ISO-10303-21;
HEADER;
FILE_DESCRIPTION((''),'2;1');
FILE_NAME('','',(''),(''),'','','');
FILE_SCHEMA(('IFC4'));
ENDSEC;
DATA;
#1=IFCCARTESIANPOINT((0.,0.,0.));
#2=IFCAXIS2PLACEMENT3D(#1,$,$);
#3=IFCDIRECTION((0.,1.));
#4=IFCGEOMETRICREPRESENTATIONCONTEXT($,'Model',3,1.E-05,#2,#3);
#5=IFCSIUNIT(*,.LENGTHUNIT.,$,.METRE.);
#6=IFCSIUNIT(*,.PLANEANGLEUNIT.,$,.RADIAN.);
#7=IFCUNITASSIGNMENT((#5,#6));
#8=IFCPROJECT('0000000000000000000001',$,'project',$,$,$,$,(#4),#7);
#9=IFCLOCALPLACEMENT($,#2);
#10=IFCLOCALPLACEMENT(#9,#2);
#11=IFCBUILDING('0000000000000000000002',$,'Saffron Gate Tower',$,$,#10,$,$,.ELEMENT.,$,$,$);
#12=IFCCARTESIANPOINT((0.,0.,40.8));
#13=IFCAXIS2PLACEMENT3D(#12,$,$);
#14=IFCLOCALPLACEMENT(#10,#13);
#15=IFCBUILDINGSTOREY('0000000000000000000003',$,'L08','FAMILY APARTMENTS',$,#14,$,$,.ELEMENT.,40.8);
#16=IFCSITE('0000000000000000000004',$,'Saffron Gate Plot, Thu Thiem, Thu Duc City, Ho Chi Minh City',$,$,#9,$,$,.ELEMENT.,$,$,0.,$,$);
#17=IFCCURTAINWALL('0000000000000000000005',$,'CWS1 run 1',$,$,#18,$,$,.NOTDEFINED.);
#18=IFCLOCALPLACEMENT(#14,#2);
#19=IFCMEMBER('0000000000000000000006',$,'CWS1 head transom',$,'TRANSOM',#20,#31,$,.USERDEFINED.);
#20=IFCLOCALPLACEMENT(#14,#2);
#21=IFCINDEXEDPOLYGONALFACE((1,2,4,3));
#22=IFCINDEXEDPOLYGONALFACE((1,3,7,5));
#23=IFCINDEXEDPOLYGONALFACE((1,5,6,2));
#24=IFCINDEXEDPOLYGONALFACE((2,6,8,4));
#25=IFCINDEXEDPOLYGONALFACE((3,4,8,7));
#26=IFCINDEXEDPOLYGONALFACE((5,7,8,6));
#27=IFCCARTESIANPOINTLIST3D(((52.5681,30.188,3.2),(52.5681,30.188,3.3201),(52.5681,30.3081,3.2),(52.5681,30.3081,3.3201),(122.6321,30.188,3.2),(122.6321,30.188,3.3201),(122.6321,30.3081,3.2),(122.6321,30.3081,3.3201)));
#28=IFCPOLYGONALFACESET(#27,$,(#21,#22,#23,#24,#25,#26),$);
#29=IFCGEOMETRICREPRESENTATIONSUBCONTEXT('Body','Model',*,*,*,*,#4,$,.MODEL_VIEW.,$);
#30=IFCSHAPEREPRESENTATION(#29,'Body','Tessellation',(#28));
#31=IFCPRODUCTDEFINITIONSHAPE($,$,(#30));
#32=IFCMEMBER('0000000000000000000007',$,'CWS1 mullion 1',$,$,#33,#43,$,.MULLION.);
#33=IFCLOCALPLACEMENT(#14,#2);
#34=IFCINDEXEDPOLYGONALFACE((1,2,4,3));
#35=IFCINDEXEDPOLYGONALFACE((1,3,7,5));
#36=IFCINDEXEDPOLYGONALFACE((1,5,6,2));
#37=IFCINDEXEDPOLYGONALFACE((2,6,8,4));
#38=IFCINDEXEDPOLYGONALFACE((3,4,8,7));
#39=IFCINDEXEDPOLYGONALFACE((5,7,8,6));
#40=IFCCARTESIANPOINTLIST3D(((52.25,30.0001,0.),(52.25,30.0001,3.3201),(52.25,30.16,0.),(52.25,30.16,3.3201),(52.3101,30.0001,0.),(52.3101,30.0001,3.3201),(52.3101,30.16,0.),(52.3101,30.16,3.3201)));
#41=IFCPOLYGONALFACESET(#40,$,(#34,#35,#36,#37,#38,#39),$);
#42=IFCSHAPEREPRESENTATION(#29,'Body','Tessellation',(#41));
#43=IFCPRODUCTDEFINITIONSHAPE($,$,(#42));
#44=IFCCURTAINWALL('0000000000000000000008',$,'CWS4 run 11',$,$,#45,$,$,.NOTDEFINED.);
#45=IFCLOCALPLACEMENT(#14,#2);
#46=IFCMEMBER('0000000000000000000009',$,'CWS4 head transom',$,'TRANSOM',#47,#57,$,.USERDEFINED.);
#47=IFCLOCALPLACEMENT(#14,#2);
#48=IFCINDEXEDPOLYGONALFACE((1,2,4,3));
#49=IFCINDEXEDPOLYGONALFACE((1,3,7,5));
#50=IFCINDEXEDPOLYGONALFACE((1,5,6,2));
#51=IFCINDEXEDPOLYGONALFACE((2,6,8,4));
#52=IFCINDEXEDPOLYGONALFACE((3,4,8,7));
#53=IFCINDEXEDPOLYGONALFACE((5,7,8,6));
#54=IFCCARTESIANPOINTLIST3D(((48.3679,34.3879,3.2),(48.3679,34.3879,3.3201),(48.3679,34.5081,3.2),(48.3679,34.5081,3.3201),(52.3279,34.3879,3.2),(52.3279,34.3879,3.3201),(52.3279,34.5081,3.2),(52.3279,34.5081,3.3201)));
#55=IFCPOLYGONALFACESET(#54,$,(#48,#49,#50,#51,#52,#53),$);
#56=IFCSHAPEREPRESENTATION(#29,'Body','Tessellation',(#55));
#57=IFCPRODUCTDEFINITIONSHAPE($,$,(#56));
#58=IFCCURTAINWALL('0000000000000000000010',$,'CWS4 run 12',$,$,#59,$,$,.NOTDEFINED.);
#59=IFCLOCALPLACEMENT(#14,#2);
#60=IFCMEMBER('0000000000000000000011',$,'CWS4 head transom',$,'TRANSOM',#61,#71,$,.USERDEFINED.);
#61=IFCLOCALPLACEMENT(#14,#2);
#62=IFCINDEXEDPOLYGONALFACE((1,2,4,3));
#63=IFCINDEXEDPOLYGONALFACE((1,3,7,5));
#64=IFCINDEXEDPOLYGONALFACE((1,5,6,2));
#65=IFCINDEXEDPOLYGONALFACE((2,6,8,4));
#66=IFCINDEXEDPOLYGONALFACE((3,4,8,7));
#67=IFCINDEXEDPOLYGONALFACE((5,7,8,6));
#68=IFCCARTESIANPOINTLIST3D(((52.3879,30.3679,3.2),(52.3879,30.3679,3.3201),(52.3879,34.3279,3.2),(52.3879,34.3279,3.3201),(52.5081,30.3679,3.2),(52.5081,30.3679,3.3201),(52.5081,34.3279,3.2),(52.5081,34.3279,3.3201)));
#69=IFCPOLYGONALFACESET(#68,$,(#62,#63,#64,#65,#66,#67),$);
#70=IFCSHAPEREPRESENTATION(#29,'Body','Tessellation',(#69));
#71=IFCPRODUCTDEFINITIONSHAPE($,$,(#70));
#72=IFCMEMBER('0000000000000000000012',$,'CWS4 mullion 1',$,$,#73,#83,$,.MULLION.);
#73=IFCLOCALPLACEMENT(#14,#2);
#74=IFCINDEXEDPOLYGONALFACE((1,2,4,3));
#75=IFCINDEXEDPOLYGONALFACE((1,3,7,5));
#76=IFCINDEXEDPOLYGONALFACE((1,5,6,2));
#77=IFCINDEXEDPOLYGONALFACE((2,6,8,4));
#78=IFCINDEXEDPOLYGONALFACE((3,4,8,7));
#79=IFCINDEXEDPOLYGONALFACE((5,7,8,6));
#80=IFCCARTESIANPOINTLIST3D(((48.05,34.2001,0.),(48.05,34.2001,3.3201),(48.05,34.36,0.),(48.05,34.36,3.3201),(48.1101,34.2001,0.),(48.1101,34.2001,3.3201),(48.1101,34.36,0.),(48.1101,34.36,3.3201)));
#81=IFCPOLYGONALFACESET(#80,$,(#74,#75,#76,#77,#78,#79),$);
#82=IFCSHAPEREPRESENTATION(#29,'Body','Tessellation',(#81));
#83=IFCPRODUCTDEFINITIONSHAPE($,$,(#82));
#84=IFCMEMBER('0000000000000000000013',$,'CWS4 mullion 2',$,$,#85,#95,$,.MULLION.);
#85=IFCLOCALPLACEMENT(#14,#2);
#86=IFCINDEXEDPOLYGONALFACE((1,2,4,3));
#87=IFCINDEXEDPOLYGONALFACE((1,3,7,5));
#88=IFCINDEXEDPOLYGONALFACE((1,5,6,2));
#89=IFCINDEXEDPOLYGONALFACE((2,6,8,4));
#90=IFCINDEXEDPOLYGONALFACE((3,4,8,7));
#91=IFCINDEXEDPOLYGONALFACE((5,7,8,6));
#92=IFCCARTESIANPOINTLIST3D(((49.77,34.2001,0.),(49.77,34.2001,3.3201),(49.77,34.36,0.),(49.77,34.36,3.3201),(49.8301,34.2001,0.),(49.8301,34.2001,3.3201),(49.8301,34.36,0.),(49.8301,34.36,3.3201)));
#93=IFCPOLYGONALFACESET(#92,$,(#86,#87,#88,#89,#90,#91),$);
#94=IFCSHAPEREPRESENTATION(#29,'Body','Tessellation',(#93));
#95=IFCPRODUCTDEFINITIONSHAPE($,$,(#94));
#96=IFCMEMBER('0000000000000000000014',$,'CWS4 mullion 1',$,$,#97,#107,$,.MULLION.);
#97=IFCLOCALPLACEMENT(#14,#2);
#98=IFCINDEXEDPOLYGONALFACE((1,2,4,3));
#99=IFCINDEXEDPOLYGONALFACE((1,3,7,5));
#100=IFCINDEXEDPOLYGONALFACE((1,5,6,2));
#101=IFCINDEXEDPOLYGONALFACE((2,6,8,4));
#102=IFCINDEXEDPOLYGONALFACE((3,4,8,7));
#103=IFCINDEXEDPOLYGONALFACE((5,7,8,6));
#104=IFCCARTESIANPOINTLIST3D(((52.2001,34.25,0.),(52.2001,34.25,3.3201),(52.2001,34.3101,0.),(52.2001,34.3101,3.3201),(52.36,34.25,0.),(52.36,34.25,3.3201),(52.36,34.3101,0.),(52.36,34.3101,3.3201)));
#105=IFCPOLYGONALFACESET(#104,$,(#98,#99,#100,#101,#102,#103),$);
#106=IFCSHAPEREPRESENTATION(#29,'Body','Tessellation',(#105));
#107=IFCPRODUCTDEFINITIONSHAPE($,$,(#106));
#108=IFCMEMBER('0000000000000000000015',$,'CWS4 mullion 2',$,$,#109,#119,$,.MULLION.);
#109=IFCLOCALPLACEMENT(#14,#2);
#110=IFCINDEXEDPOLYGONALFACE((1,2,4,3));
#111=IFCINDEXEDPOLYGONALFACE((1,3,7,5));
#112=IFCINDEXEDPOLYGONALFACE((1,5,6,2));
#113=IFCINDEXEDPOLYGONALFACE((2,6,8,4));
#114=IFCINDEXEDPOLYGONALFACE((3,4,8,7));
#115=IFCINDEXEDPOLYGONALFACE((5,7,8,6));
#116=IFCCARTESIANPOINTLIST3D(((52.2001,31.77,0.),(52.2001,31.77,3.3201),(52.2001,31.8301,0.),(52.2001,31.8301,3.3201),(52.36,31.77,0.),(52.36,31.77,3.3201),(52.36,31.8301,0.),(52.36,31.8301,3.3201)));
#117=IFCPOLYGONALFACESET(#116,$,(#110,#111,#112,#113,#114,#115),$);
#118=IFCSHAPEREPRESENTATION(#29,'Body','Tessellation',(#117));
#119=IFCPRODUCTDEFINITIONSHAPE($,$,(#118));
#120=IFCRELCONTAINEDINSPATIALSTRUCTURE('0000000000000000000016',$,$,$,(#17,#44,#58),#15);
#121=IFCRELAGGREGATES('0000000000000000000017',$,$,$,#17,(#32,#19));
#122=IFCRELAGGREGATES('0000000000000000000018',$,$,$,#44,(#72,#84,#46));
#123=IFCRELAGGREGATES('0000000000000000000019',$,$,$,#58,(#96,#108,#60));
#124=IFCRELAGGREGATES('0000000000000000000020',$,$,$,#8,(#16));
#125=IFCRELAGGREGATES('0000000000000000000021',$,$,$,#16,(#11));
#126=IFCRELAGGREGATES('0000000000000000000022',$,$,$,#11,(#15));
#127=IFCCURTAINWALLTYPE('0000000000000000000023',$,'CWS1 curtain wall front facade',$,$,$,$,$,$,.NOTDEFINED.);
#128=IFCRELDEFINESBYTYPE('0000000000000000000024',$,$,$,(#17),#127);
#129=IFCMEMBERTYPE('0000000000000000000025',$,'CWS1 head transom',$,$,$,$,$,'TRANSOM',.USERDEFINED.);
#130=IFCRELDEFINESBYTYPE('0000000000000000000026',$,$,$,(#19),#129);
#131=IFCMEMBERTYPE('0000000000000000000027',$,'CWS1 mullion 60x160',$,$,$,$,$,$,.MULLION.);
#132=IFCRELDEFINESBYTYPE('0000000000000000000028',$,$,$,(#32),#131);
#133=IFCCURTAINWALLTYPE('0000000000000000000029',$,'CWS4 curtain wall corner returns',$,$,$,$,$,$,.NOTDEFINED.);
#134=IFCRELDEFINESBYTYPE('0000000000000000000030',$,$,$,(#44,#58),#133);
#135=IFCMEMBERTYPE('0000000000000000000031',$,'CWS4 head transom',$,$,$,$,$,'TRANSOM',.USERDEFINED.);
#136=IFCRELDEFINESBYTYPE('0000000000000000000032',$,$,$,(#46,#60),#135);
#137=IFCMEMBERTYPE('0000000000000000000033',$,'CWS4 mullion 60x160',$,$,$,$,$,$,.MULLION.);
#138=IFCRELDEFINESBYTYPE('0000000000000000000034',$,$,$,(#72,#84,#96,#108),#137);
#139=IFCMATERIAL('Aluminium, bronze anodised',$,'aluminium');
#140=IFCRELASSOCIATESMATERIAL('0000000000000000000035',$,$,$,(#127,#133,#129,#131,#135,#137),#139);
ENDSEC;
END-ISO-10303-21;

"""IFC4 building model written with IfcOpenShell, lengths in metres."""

from ifc_helpers import new_model, si_unit, direction, frame, origin, origin_2d, place, context, subcontext, project, spatial, rectangle, extrude, material, material_profile, profile_set, type_object, element, aggregate, save


model = new_model("IFC4")

# Units and contexts
model_context = context("Model", 3, precision=1e-05, world=origin(), true_north=direction((0.0, 1.0)))
body_context = subcontext(model_context, "Body", "Model", "MODEL_VIEW")
ifc_project = project(units=[si_unit("LENGTHUNIT", "METRE"), si_unit("PLANEANGLEUNIT", "RADIAN")], contexts=[model_context])

# Site, building, storey
site_placement = place(None, origin())
site = spatial("IfcSite", under=ifc_project, at=site_placement, Name="Saffron Gate Plot, Thu Thiem, Thu Duc City, Ho Chi Minh City", CompositionType="ELEMENT", RefElevation=0.0)
building_placement = place(site_placement, origin())
building = spatial("IfcBuilding", under=site, at=building_placement, Name="Saffron Gate Tower", CompositionType="ELEMENT")
storey_placement = place(building_placement, frame((0.0, 0.0, 40.8)))
storey = spatial("IfcBuildingStorey", under=building, at=storey_placement, Name="L08", Description="FAMILY APARTMENTS", CompositionType="ELEMENT", Elevation=40.8)

# Curtain wall, members
ifc_material_1 = material(Name="Aluminium, bronze anodised", Category="aluminium")
curtain_wall_type_1 = type_object("IfcCurtainWallType", Name="CWS1 curtain wall front facade", PredefinedType="NOTDEFINED", material=ifc_material_1)
curtain_wall_1_placement = place(storey_placement, origin())
curtain_wall_1 = element("IfcCurtainWall", 1, at=curtain_wall_1_placement, inside=storey, type_object=curtain_wall_type_1, Name="CWS1 run 1", PredefinedType="NOTDEFINED")
ifc_material_profile_1 = material_profile(ifc_material_1, rectangle(XDim=0.1201, YDim=0.1201, at=origin_2d()))
ifc_profile_set_1 = profile_set([ifc_material_profile_1], Name="Aluminium, bronze anodised")
member_type_1 = type_object("IfcMemberType", Name="CWS1 head transom", ElementType="TRANSOM", PredefinedType="USERDEFINED", material=ifc_profile_set_1)
member_1_placement = place(storey_placement, frame((52.5681, 30.248, 3.26), z_axis=(1.0, 0.0, 0.0), x_axis=(0.0, 1.0, 0.0)))
member_1 = element("IfcMember", 2, at=member_1_placement, type_object=member_type_1, Name="CWS1 head transom", ObjectType="TRANSOM", PredefinedType="USERDEFINED", context=body_context, shape_type="SweptSolid", body=[
    extrude(rectangle(XDim=0.1201, YDim=0.1201, at=origin_2d()), origin(), (0.0, 0.0, 1.0), 70.064),
])
ifc_material_profile_2 = material_profile(ifc_material_1, rectangle(XDim=0.1599, YDim=0.0601, at=origin_2d()))
ifc_profile_set_2 = profile_set([ifc_material_profile_2], Name="Aluminium, bronze anodised")
member_type_2 = type_object("IfcMemberType", Name="CWS1 mullion 60x160", PredefinedType="MULLION", material=ifc_profile_set_2)
member_2_placement = place(storey_placement, frame((52.28, 30.0801, 0.0), z_axis=(0.0, 0.0, 1.0), x_axis=(0.0, 1.0, 0.0)))
member_2 = element("IfcMember", 3, at=member_2_placement, type_object=member_type_2, Name="CWS1 mullion 1", PredefinedType="MULLION", context=body_context, shape_type="SweptSolid", body=[
    extrude(rectangle(XDim=0.1599, YDim=0.0601, at=origin_2d()), origin(), (0.0, 0.0, 1.0), 3.3201),
])

# Curtain walls, members
curtain_wall_type_2 = type_object("IfcCurtainWallType", Name="CWS4 curtain wall corner returns", PredefinedType="NOTDEFINED", material=ifc_material_1)
curtain_wall_2_placement = place(storey_placement, origin())
curtain_wall_2 = element("IfcCurtainWall", 4, at=curtain_wall_2_placement, inside=storey, type_object=curtain_wall_type_2, Name="CWS4 run 11", PredefinedType="NOTDEFINED")
ifc_material_profile_3 = material_profile(ifc_material_1, rectangle(XDim=0.1201, YDim=0.1201, at=origin_2d()))
ifc_profile_set_3 = profile_set([ifc_material_profile_3], Name="Aluminium, bronze anodised")
member_type_3 = type_object("IfcMemberType", Name="CWS4 head transom", ElementType="TRANSOM", PredefinedType="USERDEFINED", material=ifc_profile_set_3)
member_3_placement = place(storey_placement, frame((48.3679, 34.448, 3.26), z_axis=(1.0, 0.0, 0.0), x_axis=(0.0, 1.0, 0.0)))
member_3 = element("IfcMember", 5, at=member_3_placement, type_object=member_type_3, Name="CWS4 head transom", ObjectType="TRANSOM", PredefinedType="USERDEFINED", context=body_context, shape_type="SweptSolid", body=[
    extrude(rectangle(XDim=0.1201, YDim=0.1201, at=origin_2d()), origin(), (0.0, 0.0, 1.0), 3.96),
])
curtain_wall_3_placement = place(storey_placement, origin())
curtain_wall_3 = element("IfcCurtainWall", 6, at=curtain_wall_3_placement, inside=storey, type_object=curtain_wall_type_2, Name="CWS4 run 12", PredefinedType="NOTDEFINED")
member_4_placement = place(storey_placement, frame((52.448, 34.3279, 3.26), z_axis=(0.0, -1.0, 0.0), x_axis=(1.0, 0.0, 0.0)))
member_4 = element("IfcMember", 7, at=member_4_placement, type_object=member_type_3, Name="CWS4 head transom", ObjectType="TRANSOM", PredefinedType="USERDEFINED", context=body_context, shape_type="SweptSolid", body=[
    extrude(rectangle(XDim=0.1201, YDim=0.1201, at=origin_2d()), origin(), (0.0, 0.0, 1.0), 3.96),
])

# Members
ifc_material_profile_4 = material_profile(ifc_material_1, rectangle(XDim=0.1599, YDim=0.0601, at=origin_2d()))
ifc_profile_set_4 = profile_set([ifc_material_profile_4], Name="Aluminium, bronze anodised")
member_type_4 = type_object("IfcMemberType", Name="CWS4 mullion 60x160", PredefinedType="MULLION", material=ifc_profile_set_4)
member_5_placement = place(storey_placement, frame((48.0801, 34.28, 0.0), z_axis=(0.0, 0.0, 1.0), x_axis=(0.0, 1.0, 0.0)))
member_5 = element("IfcMember", 8, at=member_5_placement, type_object=member_type_4, Name="CWS4 mullion 1", PredefinedType="MULLION", context=body_context, shape_type="SweptSolid", body=[
    extrude(rectangle(XDim=0.1599, YDim=0.0601, at=origin_2d()), origin(), (0.0, 0.0, 1.0), 3.3201),
])
member_6_placement = place(storey_placement, frame((49.8, 34.28, 0.0), z_axis=(0.0, 0.0, 1.0), x_axis=(0.0, 1.0, 0.0)))
member_6 = element("IfcMember", 9, at=member_6_placement, type_object=member_type_4, Name="CWS4 mullion 2", PredefinedType="MULLION", context=body_context, shape_type="SweptSolid", body=[
    extrude(rectangle(XDim=0.1599, YDim=0.0601, at=origin_2d()), origin(), (0.0, 0.0, 1.0), 3.3201),
])
member_7_placement = place(storey_placement, frame((52.28, 34.28, 0.0), z_axis=(0.0, 0.0, 1.0), x_axis=(1.0, 0.0, 0.0)))
member_7 = element("IfcMember", 10, at=member_7_placement, type_object=member_type_4, Name="CWS4 mullion 1", PredefinedType="MULLION", context=body_context, shape_type="SweptSolid", body=[
    extrude(rectangle(XDim=0.1599, YDim=0.0601, at=origin_2d()), origin(), (0.0, 0.0, 1.0), 3.3201),
])
member_8_placement = place(storey_placement, frame((52.28, 31.8, 0.0), z_axis=(0.0, 0.0, 1.0), x_axis=(1.0, 0.0, 0.0)))
member_8 = element("IfcMember", 11, at=member_8_placement, type_object=member_type_4, Name="CWS4 mullion 2", PredefinedType="MULLION", context=body_context, shape_type="SweptSolid", body=[
    extrude(rectangle(XDim=0.1599, YDim=0.0601, at=origin_2d()), origin(), (0.0, 0.0, 1.0), 3.3201),
])

aggregate(curtain_wall_1, [member_2, member_1])

aggregate(curtain_wall_2, [member_5, member_6, member_3])
aggregate(curtain_wall_3, [member_7, member_8, member_4])

save(model, "model.ifc")
